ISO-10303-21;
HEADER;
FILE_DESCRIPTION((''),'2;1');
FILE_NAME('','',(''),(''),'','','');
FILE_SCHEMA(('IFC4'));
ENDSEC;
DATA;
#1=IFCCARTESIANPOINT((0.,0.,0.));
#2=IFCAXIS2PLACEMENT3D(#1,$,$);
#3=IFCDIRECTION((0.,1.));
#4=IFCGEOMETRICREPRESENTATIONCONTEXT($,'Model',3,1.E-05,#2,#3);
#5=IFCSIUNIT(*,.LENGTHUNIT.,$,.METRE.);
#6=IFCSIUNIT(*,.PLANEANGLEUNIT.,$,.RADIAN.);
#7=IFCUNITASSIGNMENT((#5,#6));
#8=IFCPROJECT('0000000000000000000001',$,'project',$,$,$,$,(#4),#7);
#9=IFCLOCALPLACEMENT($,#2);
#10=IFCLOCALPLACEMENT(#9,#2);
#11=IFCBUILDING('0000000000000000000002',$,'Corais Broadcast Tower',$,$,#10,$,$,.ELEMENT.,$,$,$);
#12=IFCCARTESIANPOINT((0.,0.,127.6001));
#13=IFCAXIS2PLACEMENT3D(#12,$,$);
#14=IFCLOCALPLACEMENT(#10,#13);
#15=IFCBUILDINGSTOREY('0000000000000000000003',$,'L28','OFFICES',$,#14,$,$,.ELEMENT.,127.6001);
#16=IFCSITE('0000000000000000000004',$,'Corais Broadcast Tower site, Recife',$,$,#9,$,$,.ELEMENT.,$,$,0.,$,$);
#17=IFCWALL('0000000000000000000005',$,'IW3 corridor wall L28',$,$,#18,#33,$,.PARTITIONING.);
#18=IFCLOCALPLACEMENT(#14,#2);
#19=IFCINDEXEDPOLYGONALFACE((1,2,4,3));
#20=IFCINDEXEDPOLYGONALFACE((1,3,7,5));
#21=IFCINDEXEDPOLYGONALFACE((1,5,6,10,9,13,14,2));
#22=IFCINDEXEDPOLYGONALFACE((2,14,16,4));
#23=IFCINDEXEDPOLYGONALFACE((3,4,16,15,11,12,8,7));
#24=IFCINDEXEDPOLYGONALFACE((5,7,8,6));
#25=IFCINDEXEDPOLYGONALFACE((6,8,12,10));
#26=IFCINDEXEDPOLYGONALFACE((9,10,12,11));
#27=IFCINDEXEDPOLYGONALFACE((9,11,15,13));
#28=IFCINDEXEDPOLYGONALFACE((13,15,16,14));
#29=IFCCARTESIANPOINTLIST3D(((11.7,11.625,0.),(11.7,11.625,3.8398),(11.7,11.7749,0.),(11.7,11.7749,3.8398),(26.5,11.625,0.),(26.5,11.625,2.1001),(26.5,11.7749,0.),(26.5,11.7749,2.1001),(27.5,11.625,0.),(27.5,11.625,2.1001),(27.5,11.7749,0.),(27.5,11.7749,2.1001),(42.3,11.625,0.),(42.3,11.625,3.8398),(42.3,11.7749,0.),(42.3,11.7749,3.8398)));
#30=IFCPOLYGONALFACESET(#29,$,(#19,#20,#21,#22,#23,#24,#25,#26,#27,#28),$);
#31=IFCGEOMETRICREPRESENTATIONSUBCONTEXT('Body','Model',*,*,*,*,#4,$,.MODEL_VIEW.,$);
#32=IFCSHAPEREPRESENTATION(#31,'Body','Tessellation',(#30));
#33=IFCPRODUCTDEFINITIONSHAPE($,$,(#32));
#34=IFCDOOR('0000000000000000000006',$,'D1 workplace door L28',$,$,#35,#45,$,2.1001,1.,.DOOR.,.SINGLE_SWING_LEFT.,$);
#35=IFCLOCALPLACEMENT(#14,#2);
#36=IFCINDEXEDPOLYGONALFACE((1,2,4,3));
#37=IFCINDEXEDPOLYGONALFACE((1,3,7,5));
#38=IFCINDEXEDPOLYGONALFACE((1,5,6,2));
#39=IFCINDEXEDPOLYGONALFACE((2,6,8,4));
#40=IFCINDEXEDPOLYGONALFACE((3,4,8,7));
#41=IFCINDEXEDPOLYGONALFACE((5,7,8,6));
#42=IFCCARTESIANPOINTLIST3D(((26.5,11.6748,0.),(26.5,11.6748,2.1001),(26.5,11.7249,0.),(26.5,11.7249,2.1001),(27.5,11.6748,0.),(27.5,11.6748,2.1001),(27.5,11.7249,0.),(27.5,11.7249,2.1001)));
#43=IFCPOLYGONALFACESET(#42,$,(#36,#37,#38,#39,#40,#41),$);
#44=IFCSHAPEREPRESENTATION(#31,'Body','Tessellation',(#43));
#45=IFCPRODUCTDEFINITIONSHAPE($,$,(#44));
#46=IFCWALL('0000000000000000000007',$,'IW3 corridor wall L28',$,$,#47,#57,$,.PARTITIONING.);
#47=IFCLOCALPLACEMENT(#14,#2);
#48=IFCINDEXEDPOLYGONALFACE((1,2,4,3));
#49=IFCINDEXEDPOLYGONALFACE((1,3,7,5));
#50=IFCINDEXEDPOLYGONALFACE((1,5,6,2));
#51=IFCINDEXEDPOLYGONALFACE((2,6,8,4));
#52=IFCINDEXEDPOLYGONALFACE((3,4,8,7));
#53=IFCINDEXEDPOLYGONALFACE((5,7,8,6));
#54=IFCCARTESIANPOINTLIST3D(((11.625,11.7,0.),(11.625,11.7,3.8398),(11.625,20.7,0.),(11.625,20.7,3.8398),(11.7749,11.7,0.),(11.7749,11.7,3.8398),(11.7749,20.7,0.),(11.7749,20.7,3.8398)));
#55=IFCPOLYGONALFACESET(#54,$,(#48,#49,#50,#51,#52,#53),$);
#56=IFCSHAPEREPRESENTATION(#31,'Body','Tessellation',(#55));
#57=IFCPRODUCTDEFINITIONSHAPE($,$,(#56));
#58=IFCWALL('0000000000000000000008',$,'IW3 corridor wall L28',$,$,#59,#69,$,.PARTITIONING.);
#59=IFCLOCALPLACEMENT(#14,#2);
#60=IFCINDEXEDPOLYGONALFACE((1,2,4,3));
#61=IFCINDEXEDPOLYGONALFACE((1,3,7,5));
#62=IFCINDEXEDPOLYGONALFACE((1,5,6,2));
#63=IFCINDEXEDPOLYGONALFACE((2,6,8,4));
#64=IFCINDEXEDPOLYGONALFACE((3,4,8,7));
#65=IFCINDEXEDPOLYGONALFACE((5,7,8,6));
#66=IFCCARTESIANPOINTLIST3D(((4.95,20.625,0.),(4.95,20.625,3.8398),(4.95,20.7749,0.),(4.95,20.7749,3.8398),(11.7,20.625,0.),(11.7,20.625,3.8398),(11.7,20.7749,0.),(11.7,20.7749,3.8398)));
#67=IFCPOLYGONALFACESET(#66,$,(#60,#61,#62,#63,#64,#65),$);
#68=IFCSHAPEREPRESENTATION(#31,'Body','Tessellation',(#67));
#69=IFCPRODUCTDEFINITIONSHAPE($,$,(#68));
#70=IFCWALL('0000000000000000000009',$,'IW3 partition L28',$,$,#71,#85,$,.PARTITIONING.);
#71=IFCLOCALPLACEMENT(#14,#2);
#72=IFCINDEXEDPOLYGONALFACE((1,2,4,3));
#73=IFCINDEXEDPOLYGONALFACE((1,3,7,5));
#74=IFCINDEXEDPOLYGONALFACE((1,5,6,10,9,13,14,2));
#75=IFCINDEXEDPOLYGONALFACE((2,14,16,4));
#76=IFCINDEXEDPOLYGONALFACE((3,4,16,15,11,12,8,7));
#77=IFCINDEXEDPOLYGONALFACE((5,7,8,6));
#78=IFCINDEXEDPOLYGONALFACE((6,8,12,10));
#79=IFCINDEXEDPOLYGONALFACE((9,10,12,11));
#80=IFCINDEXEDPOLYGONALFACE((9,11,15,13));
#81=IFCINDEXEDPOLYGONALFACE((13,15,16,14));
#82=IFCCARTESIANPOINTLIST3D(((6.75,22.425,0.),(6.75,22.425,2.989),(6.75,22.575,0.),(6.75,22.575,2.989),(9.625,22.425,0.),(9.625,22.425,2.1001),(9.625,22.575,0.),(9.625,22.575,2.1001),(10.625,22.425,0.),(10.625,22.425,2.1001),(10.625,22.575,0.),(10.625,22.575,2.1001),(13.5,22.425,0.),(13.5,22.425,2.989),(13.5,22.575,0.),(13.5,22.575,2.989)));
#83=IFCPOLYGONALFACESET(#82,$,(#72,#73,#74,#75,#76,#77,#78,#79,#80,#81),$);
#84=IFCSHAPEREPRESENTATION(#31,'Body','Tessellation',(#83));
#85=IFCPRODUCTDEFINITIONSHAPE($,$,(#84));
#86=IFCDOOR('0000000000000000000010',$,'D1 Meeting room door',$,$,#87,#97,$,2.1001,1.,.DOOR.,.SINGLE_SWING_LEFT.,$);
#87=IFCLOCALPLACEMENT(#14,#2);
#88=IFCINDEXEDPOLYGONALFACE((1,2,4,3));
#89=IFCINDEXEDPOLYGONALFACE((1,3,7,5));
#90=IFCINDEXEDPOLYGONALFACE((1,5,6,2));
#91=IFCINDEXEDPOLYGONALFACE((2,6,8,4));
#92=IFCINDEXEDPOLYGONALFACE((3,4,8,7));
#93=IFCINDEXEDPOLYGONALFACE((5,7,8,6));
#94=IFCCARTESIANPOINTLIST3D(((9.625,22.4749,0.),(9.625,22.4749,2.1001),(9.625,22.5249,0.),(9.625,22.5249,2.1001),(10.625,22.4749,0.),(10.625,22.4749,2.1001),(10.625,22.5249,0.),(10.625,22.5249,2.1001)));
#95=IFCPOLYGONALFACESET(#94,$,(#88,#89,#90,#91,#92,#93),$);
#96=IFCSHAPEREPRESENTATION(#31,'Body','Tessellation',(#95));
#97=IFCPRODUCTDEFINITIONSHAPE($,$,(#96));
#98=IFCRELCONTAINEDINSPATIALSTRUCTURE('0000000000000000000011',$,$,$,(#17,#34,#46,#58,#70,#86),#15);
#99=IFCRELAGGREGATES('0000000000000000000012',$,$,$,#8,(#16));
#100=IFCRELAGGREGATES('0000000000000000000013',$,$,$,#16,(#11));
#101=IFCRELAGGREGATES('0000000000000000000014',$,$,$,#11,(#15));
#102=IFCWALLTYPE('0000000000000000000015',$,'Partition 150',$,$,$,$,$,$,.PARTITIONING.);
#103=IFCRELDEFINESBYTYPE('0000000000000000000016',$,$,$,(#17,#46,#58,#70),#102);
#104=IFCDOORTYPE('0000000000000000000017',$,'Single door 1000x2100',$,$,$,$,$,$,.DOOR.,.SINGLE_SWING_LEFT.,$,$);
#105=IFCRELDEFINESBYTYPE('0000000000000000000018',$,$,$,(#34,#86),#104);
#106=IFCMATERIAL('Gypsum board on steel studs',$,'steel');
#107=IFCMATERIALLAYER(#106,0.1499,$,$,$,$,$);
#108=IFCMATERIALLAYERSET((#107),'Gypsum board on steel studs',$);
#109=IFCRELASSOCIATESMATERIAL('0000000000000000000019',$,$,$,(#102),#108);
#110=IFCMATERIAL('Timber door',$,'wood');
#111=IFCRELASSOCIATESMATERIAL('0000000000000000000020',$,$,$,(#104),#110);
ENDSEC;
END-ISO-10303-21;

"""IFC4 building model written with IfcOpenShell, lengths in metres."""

from ifc_helpers import new_model, si_unit, direction, frame, frame_2d, origin, place, context, subcontext, project, spatial, rectangle, extrude, material, layer, layer_set, type_object, element, fill, save


model = new_model("IFC4")

# Units and contexts
model_context = context("Model", 3, precision=1e-05, world=origin(), true_north=direction((0.0, 1.0)))
body_context = subcontext(model_context, "Body", "Model", "MODEL_VIEW")
ifc_project = project(units=[si_unit("LENGTHUNIT", "METRE"), si_unit("PLANEANGLEUNIT", "RADIAN")], contexts=[model_context])

# Site, building, storey
site_placement = place(None, origin())
site = spatial("IfcSite", under=ifc_project, at=site_placement, Name="Corais Broadcast Tower site, Recife", CompositionType="ELEMENT", RefElevation=0.0)
building_placement = place(site_placement, origin())
building = spatial("IfcBuilding", under=site, at=building_placement, Name="Corais Broadcast Tower", CompositionType="ELEMENT")
storey_placement = place(building_placement, frame((0.0, 0.0, 127.6001)))
storey = spatial("IfcBuildingStorey", under=building, at=storey_placement, Name="L28", Description="OFFICES", CompositionType="ELEMENT", Elevation=127.6001)

# Wall, opening, door
ifc_material_1 = material(Name="Gypsum board on steel studs", Category="steel")
ifc_layer_1 = layer(ifc_material_1, 0.1499)
ifc_layer_set_1 = layer_set([ifc_layer_1], Name="Gypsum board on steel studs")
wall_type_1 = type_object("IfcWallType", Name="Partition 150", PredefinedType="PARTITIONING", material=ifc_layer_set_1)
wall_1_placement = place(storey_placement, frame((11.7, 11.7, 0.0), z_axis=(0.0, 0.0, 1.0), x_axis=(1.0, 0.0, 0.0)))
wall_1 = element("IfcWall", 1, at=wall_1_placement, inside=storey, type_object=wall_type_1, Name="IW3 corridor wall L28", PredefinedType="PARTITIONING", context=body_context, shape_type="SweptSolid", body=[
    extrude(rectangle(XDim=30.6001, YDim=0.1499, at=frame_2d((15.3, 0.0))), origin(), (0.0, 0.0, 1.0), 3.8398),
])
opening_1_placement = place(wall_1_placement, frame((14.8, 0.0, 0.0)))
opening_1 = element("IfcOpeningElement", 2, at=opening_1_placement, cuts=wall_1, PredefinedType="OPENING", context=body_context, shape_type="SweptSolid", body=[
    extrude(rectangle(XDim=1.0, YDim=2.1001, at=frame_2d((0.5, 1.05))), frame((0.0, 0.085, 0.0), z_axis=(0.0, -1.0, 0.0), x_axis=(1.0, 0.0, 0.0)), (0.0, 0.0, 1.0), 0.1699),
])
ifc_material_2 = material(Name="Timber door", Category="wood")
door_type = type_object("IfcDoorType", Name="Single door 1000x2100", OperationType="SINGLE_SWING_LEFT", PredefinedType="DOOR", material=ifc_material_2)
door_1_placement = place(opening_1_placement, origin())
door_1 = element("IfcDoor", 3, at=door_1_placement, inside=storey, type_object=door_type, Name="D1 workplace door L28", OperationType="SINGLE_SWING_LEFT", OverallHeight=2.1001, OverallWidth=1.0, PredefinedType="DOOR", context=body_context, shape_type="SweptSolid", body=[
    extrude(rectangle(XDim=1.0, YDim=2.1001, at=frame_2d((0.5, 1.05))), frame((0.0, 0.0249, 0.0), z_axis=(0.0, -1.0, 0.0), x_axis=(1.0, 0.0, 0.0)), (0.0, 0.0, 1.0), 0.05),
])
fill(opening_1, door_1)

# Walls
wall_2_placement = place(storey_placement, frame((11.7, 20.7, 0.0), z_axis=(0.0, 0.0, 1.0), x_axis=(0.0, -1.0, 0.0)))
element("IfcWall", 4, at=wall_2_placement, inside=storey, type_object=wall_type_1, Name="IW3 corridor wall L28", PredefinedType="PARTITIONING", context=body_context, shape_type="SweptSolid", body=[
    extrude(rectangle(XDim=9.0, YDim=0.1499, at=frame_2d((4.5, 0.0))), origin(), (0.0, 0.0, 1.0), 3.8398),
])
wall_3_placement = place(storey_placement, frame((4.95, 20.7, 0.0), z_axis=(0.0, 0.0, 1.0), x_axis=(1.0, 0.0, 0.0)))
element("IfcWall", 5, at=wall_3_placement, inside=storey, type_object=wall_type_1, Name="IW3 corridor wall L28", PredefinedType="PARTITIONING", context=body_context, shape_type="SweptSolid", body=[
    extrude(rectangle(XDim=6.75, YDim=0.1499, at=frame_2d((3.375, 0.0))), origin(), (0.0, 0.0, 1.0), 3.8398),
])

# Wall, opening, door
wall_4_placement = place(storey_placement, frame((6.75, 22.5, 0.0), z_axis=(0.0, 0.0, 1.0), x_axis=(1.0, 0.0, 0.0)))
wall_4 = element("IfcWall", 6, at=wall_4_placement, inside=storey, type_object=wall_type_1, Name="IW3 partition L28", PredefinedType="PARTITIONING", context=body_context, shape_type="SweptSolid", body=[
    extrude(rectangle(XDim=6.75, YDim=0.1499, at=frame_2d((3.375, 0.0))), origin(), (0.0, 0.0, 1.0), 2.989),
])
opening_2_placement = place(wall_4_placement, frame((2.875, 0.0, 0.0)))
opening_2 = element("IfcOpeningElement", 7, at=opening_2_placement, cuts=wall_4, PredefinedType="OPENING", context=body_context, shape_type="SweptSolid", body=[
    extrude(rectangle(XDim=1.0, YDim=2.1001, at=frame_2d((0.5, 1.05))), frame((0.0, 0.085, 0.0), z_axis=(0.0, -1.0, 0.0), x_axis=(1.0, 0.0, 0.0)), (0.0, 0.0, 1.0), 0.1699),
])
door_2_placement = place(opening_2_placement, origin())
door_2 = element("IfcDoor", 8, at=door_2_placement, inside=storey, type_object=door_type, Name="D1 Meeting room door", OperationType="SINGLE_SWING_LEFT", OverallHeight=2.1001, OverallWidth=1.0, PredefinedType="DOOR", context=body_context, shape_type="SweptSolid", body=[
    extrude(rectangle(XDim=1.0, YDim=2.1001, at=frame_2d((0.5, 1.05))), frame((0.0, 0.0249, 0.0), z_axis=(0.0, -1.0, 0.0), x_axis=(1.0, 0.0, 0.0)), (0.0, 0.0, 1.0), 0.05),
])
fill(opening_2, door_2)

save(model, "model.ifc")
